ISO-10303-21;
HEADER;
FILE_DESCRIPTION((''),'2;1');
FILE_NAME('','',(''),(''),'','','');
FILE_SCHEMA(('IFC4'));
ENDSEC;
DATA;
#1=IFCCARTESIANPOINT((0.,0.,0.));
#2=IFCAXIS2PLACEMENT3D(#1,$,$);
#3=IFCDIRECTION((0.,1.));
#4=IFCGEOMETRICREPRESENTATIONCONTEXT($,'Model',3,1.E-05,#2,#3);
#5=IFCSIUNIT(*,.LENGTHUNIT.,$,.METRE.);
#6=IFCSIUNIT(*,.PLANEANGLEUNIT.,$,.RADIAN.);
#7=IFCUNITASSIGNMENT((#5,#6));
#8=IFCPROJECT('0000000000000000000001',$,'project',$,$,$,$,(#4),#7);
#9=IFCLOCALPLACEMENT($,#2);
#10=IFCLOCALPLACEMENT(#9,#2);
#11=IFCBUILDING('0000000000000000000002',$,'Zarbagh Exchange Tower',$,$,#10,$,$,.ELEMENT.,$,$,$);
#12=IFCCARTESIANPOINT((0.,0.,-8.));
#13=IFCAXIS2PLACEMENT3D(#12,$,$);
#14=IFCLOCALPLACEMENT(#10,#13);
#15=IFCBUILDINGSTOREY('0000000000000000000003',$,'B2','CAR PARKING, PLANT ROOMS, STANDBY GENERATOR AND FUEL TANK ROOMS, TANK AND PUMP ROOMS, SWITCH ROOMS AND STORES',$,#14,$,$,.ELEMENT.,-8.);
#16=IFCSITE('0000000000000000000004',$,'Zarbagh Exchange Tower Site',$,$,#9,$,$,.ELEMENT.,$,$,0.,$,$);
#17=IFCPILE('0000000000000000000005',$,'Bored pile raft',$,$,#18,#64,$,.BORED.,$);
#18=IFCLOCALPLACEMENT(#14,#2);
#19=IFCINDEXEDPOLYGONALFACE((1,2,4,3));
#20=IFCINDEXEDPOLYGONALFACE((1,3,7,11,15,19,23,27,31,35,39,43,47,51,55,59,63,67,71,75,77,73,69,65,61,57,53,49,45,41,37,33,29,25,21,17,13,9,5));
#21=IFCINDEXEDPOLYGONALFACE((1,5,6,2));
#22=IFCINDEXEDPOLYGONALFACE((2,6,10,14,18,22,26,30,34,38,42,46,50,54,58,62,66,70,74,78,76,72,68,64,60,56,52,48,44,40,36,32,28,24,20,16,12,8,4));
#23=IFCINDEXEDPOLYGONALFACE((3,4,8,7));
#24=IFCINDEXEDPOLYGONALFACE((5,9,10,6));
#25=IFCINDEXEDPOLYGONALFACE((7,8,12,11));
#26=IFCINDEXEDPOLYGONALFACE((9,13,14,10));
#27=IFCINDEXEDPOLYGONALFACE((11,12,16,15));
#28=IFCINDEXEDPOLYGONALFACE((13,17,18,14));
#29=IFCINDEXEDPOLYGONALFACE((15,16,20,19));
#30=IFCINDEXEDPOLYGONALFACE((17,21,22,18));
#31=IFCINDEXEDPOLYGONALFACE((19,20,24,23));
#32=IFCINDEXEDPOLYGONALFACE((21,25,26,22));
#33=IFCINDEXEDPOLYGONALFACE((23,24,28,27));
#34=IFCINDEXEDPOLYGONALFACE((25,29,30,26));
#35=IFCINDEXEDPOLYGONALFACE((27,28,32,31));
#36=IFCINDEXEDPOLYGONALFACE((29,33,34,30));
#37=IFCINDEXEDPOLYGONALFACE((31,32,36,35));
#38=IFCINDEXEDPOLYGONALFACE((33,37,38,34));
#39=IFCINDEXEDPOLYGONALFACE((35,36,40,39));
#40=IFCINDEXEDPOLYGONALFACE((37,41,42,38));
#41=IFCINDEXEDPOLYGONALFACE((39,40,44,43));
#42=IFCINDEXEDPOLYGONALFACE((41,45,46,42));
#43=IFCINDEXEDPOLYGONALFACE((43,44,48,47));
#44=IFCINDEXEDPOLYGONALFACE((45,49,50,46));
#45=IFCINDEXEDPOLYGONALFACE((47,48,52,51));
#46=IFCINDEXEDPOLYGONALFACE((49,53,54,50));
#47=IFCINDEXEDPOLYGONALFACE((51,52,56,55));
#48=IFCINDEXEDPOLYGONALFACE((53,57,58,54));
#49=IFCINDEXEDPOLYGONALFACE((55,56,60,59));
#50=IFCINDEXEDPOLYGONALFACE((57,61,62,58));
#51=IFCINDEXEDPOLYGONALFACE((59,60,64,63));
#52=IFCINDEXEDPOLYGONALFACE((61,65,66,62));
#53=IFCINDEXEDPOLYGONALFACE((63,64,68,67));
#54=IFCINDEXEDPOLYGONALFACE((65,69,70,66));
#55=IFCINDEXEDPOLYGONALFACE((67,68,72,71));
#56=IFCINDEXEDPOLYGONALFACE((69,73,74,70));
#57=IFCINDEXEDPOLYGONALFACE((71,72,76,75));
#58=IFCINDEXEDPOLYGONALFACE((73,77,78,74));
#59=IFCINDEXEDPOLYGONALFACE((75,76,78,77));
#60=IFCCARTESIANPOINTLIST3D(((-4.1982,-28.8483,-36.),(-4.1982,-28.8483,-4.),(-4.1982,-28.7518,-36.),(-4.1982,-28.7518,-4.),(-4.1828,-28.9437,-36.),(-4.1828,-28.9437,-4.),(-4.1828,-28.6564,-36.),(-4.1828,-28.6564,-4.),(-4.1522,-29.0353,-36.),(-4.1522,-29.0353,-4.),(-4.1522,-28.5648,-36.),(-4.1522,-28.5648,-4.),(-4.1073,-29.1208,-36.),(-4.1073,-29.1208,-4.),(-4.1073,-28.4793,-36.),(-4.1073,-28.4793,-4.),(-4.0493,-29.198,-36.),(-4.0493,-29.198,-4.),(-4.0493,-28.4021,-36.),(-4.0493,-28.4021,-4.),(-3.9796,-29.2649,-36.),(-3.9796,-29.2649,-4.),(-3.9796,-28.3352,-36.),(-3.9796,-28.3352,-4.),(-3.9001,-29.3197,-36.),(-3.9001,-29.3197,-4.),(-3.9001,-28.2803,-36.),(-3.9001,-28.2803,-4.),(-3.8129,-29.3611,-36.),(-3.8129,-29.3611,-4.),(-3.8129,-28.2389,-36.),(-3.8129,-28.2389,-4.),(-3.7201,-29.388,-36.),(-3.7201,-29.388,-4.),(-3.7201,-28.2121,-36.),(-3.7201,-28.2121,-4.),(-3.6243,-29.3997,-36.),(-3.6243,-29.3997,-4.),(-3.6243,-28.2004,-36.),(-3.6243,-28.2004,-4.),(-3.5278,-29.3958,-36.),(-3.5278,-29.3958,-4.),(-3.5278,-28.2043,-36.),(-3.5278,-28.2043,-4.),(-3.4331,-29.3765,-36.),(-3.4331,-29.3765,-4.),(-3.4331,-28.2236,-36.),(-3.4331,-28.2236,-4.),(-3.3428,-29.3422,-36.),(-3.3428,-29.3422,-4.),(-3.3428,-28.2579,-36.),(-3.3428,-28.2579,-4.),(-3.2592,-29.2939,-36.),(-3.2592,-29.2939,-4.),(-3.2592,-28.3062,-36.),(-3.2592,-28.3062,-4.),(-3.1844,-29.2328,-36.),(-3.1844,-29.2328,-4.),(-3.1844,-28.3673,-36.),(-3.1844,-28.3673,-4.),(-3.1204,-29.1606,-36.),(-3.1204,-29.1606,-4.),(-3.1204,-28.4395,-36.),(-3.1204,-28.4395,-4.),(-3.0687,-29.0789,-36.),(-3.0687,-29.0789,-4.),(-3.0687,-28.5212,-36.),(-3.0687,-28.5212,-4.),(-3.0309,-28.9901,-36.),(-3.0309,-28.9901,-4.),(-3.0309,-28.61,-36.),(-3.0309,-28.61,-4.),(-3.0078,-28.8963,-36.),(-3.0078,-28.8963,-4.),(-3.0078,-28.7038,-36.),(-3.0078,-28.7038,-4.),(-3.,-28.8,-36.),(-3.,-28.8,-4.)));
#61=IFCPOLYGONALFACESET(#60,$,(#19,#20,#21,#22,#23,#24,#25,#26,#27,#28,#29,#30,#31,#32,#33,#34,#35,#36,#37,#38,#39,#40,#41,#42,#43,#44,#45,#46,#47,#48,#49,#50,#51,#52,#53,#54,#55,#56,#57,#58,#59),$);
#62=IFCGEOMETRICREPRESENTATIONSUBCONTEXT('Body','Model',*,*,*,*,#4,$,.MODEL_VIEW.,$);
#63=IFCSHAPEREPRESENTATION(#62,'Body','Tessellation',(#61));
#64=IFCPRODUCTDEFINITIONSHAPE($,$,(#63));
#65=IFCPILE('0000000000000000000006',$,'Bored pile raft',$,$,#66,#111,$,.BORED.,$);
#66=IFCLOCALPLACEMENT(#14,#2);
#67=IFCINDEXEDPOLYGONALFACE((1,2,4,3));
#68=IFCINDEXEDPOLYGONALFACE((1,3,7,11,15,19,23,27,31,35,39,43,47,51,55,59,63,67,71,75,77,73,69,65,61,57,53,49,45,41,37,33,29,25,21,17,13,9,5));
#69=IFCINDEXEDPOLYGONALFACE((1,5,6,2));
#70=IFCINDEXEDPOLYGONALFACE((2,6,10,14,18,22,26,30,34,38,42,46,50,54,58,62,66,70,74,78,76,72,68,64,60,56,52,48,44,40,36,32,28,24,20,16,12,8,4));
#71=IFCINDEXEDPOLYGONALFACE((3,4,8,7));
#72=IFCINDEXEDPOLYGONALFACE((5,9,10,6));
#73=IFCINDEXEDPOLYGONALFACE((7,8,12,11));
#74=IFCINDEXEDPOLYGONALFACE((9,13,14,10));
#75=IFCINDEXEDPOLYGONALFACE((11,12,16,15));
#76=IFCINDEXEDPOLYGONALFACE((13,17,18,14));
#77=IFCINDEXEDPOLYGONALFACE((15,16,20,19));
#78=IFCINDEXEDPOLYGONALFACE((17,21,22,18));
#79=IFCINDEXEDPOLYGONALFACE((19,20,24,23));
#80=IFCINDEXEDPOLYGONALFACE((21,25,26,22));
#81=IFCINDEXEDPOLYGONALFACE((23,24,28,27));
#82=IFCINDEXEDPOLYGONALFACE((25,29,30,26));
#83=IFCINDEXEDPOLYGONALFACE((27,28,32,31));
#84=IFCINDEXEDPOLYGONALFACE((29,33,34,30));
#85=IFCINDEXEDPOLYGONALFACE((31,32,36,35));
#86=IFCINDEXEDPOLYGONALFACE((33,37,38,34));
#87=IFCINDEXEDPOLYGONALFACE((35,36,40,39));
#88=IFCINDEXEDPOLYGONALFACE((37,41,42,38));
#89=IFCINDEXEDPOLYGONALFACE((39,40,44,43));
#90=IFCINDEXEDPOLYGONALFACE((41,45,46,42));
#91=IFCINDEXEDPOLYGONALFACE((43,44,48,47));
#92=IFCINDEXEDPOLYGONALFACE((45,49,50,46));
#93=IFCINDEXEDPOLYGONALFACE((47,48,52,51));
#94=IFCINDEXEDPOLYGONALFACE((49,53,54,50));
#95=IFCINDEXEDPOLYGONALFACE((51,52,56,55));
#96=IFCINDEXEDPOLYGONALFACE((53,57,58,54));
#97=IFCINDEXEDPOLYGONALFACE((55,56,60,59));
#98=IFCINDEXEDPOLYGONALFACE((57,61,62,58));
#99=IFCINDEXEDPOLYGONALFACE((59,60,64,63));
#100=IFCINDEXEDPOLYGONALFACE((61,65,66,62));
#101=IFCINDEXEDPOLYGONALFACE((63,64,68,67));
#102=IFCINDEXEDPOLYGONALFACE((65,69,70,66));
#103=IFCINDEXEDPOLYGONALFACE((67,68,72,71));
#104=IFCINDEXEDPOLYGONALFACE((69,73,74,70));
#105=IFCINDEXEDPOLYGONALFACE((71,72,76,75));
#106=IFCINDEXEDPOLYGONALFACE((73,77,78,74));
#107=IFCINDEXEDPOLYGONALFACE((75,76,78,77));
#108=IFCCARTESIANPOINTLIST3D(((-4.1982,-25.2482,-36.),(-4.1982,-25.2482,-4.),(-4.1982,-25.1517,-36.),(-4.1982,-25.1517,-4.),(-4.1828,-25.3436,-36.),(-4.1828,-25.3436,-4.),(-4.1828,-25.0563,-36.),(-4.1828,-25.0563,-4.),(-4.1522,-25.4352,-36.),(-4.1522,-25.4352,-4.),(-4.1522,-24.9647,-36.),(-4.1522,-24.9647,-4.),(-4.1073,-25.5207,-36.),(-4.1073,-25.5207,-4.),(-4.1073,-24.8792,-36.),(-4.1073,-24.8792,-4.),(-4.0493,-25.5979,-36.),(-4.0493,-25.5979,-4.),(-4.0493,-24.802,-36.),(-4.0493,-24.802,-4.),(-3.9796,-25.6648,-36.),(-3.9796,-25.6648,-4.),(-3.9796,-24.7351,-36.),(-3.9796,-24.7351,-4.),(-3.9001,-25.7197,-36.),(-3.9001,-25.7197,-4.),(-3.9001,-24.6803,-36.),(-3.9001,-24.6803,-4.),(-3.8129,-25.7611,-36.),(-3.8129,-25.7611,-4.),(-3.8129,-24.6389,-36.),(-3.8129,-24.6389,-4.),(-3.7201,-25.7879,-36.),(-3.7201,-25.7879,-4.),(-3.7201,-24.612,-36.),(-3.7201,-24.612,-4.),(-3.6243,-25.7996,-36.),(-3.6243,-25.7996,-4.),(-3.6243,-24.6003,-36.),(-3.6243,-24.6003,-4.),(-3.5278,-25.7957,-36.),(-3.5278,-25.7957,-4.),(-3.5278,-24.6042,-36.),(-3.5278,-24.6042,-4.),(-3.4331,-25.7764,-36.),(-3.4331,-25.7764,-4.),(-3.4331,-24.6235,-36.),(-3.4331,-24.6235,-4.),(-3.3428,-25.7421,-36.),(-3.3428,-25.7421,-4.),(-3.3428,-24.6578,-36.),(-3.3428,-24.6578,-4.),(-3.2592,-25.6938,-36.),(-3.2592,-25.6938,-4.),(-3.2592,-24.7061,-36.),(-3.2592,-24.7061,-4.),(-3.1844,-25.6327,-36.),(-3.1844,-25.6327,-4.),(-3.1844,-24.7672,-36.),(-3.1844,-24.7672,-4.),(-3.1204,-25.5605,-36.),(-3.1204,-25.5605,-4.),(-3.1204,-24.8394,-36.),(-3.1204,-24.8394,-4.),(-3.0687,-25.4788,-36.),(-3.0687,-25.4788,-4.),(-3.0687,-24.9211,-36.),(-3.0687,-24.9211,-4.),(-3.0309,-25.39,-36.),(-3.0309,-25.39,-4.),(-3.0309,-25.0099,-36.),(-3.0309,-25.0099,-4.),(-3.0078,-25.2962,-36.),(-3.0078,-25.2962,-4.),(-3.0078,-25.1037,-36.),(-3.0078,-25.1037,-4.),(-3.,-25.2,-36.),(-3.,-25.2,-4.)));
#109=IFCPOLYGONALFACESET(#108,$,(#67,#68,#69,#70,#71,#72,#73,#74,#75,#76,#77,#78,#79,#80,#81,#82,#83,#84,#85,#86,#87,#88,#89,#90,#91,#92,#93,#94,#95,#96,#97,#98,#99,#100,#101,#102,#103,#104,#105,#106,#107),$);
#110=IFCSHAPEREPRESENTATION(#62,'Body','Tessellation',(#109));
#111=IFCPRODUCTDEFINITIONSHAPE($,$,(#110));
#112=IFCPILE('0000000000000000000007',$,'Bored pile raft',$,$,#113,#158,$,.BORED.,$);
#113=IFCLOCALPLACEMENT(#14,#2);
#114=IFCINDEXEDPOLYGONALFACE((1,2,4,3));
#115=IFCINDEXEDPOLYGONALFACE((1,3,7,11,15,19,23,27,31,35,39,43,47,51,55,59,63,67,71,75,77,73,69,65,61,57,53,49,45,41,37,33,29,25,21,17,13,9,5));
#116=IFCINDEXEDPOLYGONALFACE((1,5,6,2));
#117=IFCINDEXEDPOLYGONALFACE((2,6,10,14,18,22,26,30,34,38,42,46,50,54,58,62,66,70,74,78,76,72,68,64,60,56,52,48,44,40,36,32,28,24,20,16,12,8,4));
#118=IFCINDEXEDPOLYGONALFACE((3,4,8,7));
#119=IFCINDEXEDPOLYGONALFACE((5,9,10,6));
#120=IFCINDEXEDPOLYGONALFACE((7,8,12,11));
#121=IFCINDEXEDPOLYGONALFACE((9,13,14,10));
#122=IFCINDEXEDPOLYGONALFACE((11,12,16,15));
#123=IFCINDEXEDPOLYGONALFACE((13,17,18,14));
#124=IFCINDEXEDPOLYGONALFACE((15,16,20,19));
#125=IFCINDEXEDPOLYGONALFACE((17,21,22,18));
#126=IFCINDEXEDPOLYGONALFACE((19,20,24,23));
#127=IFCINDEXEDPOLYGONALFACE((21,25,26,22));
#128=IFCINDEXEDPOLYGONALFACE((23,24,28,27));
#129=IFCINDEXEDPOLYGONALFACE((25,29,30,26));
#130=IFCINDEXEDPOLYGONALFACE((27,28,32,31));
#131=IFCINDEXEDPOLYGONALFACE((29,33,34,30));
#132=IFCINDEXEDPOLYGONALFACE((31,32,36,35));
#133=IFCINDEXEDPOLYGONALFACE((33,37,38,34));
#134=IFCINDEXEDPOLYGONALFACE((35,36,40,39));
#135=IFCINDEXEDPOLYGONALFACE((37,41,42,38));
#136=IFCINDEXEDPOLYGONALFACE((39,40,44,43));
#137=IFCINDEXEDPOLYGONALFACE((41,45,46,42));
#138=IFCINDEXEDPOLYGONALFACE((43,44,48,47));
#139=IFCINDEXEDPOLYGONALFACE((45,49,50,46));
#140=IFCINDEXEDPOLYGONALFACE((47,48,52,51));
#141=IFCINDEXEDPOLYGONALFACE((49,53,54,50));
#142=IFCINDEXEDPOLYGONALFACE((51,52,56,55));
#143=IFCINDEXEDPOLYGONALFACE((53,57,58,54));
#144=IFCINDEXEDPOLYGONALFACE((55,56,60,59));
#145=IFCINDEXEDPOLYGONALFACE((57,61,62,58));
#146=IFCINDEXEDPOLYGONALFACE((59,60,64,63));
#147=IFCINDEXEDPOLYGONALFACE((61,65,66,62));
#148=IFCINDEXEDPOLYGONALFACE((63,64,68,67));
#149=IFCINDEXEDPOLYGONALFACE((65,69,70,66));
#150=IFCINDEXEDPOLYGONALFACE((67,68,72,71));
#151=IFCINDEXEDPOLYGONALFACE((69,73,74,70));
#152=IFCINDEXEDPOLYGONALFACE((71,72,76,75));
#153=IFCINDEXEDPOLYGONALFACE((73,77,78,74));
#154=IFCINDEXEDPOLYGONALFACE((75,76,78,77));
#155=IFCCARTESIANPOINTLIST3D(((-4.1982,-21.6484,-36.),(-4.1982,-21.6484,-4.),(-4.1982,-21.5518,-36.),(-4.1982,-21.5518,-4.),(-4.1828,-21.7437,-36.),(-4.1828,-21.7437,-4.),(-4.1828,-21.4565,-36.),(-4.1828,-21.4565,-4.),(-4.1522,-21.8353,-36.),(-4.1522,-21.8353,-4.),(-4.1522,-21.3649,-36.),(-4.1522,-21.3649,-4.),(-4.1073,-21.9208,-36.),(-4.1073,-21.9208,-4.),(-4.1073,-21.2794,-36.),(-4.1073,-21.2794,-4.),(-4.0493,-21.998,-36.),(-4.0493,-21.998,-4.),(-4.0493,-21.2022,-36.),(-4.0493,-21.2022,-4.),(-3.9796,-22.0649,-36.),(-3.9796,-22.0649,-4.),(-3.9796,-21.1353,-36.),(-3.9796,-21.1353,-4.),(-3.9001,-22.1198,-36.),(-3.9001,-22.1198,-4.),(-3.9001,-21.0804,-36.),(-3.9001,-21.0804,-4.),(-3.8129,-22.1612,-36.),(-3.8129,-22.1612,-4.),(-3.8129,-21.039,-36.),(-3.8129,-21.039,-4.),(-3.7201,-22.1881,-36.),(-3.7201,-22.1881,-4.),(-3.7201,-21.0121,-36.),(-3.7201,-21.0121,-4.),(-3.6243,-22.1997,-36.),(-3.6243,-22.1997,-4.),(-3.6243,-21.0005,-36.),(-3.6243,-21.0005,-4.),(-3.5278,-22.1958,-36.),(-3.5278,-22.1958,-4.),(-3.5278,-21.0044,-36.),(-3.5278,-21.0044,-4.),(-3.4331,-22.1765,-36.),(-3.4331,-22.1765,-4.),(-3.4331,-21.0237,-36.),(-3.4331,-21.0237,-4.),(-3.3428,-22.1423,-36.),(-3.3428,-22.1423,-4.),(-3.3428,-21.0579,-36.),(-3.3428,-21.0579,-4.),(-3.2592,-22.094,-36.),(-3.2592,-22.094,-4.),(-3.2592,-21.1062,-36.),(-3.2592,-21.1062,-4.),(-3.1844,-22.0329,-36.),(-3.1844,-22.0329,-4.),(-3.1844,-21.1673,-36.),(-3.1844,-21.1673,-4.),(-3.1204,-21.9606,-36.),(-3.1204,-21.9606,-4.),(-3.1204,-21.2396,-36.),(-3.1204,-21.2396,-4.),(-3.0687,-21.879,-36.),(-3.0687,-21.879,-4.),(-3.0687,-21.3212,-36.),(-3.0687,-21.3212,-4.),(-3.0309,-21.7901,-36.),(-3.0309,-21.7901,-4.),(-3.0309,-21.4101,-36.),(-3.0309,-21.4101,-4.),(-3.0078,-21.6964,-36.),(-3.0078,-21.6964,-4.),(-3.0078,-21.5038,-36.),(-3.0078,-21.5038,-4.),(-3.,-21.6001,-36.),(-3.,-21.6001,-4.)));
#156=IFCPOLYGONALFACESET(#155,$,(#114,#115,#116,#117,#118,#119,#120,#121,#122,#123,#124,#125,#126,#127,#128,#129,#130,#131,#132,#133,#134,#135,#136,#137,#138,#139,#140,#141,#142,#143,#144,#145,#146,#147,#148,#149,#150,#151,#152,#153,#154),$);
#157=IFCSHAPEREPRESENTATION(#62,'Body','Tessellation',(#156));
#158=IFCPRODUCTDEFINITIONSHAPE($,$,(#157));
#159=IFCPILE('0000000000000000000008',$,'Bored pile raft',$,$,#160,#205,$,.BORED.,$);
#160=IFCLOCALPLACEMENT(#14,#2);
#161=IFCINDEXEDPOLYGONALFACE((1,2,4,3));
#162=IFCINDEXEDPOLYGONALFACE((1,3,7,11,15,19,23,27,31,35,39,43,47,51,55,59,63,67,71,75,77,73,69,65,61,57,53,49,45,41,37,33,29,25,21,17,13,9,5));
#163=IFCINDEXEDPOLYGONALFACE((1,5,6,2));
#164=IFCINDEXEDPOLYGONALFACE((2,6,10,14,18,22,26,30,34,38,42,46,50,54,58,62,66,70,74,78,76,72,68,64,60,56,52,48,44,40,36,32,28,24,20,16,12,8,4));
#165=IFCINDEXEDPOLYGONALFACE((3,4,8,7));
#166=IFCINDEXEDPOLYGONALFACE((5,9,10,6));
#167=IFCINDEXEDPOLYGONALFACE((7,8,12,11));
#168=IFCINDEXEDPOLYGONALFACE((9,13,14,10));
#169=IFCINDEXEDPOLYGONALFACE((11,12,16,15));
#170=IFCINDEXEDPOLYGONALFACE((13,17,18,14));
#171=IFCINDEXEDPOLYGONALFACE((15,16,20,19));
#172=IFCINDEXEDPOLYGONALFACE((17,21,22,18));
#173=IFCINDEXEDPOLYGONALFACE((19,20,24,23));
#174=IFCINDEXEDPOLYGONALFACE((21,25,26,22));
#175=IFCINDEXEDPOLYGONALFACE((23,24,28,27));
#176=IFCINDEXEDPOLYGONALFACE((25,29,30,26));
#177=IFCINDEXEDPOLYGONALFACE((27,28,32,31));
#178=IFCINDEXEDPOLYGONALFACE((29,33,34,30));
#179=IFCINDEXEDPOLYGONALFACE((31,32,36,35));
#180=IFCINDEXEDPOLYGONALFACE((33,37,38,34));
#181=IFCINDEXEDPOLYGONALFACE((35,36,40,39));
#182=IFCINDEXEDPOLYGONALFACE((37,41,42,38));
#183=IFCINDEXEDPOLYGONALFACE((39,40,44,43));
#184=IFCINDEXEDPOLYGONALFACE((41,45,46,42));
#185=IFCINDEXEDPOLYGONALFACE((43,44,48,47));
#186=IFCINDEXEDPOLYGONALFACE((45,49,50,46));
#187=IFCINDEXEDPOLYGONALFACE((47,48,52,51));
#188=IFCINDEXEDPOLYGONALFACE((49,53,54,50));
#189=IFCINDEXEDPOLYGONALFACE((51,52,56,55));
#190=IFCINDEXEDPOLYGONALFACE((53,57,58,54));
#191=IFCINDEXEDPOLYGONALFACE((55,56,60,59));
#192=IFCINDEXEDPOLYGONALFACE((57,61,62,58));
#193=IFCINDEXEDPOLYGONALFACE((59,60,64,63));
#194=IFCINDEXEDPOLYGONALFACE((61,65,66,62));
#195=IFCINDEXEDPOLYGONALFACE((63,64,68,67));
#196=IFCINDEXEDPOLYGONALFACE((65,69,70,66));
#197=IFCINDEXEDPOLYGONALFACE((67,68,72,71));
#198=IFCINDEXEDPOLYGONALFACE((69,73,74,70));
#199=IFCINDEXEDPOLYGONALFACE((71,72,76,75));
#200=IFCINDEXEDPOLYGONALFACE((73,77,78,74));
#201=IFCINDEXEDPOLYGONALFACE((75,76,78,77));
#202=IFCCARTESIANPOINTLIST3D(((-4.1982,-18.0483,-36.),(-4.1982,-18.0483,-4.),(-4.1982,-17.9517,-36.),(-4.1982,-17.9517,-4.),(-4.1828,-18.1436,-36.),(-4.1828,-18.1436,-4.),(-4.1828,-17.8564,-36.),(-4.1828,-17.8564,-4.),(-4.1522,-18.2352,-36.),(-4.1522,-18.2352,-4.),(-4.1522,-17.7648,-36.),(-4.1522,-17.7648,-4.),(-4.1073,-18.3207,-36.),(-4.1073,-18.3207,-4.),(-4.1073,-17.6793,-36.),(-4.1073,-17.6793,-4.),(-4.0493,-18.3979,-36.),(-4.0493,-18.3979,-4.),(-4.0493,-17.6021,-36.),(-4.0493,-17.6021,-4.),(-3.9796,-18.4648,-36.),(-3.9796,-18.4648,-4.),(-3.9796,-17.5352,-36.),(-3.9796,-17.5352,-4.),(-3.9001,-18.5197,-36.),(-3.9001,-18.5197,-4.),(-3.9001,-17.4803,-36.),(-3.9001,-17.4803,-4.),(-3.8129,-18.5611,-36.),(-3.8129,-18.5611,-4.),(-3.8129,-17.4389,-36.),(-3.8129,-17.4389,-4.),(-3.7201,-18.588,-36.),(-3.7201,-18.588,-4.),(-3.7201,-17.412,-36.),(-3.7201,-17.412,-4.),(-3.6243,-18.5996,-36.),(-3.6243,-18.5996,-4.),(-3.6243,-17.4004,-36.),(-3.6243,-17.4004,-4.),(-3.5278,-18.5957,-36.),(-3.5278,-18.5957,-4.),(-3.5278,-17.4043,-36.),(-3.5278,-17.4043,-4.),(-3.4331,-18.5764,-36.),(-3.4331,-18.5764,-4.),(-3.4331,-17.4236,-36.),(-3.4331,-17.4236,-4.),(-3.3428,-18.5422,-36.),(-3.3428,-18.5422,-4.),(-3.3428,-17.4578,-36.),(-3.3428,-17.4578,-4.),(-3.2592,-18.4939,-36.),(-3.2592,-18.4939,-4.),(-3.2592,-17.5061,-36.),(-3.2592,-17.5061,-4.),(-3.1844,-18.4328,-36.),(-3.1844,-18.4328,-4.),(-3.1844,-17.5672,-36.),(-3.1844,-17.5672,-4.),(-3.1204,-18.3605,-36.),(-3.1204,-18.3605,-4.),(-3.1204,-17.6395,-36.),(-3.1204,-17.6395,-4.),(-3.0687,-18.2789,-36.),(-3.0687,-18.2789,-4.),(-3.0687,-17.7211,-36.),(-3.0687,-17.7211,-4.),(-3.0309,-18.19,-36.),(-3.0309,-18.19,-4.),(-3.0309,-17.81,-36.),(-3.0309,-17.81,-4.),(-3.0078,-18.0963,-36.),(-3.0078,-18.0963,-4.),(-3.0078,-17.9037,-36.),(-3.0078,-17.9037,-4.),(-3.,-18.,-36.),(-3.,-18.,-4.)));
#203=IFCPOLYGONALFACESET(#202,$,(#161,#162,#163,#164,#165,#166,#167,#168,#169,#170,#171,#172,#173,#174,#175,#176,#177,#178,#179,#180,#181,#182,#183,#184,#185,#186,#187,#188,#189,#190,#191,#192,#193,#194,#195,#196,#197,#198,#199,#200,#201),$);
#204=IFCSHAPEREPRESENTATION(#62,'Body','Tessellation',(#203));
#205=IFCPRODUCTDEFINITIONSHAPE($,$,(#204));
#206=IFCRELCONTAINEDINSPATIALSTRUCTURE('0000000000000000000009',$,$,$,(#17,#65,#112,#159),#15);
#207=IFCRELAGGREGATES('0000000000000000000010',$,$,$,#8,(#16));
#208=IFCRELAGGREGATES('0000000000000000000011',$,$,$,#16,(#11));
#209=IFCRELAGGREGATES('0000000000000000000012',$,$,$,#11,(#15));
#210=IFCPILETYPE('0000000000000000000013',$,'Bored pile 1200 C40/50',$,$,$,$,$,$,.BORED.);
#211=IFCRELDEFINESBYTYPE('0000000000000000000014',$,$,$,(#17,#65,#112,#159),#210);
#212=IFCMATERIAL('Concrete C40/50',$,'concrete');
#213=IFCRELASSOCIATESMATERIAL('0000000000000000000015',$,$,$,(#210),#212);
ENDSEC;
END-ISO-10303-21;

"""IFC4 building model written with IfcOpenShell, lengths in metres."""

from ifc_helpers import new_model, si_unit, direction, frame, origin, origin_2d, place, context, subcontext, project, spatial, circle, extrude, material, material_profile, profile_set, type_object, element, save


model = new_model("IFC4")

# Units and contexts
model_context = context("Model", 3, precision=1e-05, world=origin(), true_north=direction((0.0, 1.0)))
body_context = subcontext(model_context, "Body", "Model", "MODEL_VIEW")
ifc_project = project(units=[si_unit("LENGTHUNIT", "METRE"), si_unit("PLANEANGLEUNIT", "RADIAN")], contexts=[model_context])

# Site, building, storey
site_placement = place(None, origin())
site = spatial("IfcSite", under=ifc_project, at=site_placement, Name="Zarbagh Exchange Tower Site", CompositionType="ELEMENT", RefElevation=0.0)
building_placement = place(site_placement, origin())
building = spatial("IfcBuilding", under=site, at=building_placement, Name="Zarbagh Exchange Tower", CompositionType="ELEMENT")
storey_placement = place(building_placement, frame((0.0, 0.0, -8.0)))
storey = spatial("IfcBuildingStorey", under=building, at=storey_placement, Name="B2", Description="CAR PARKING, PLANT ROOMS, STANDBY GENERATOR AND FUEL TANK ROOMS, TANK AND PUMP ROOMS, SWITCH ROOMS AND STORES", CompositionType="ELEMENT", Elevation=-8.0)

# Piles
ifc_material_1 = material(Name="Concrete C40/50", Category="concrete")
ifc_material_profile_1 = material_profile(ifc_material_1, circle(Radius=0.6001, at=origin_2d()), Name="Bored pile 1200 C40/50")
ifc_profile_set_1 = profile_set([ifc_material_profile_1], Name="Concrete C40/50")
pile_type = type_object("IfcPileType", Name="Bored pile 1200 C40/50", PredefinedType="BORED", material=ifc_profile_set_1)
for number, where, z_axis, x_axis, name in (
    (1, (-3.6001, -28.8, -4.0), (0.0, 0.0, -1.0), (1.0, 0.0, 0.0), "Bored pile raft"),
    (2, (-3.6001, -25.2, -4.0), (0.0, 0.0, -1.0), (1.0, 0.0, 0.0), "Bored pile raft"),
    (3, (-3.6001, -21.6001, -4.0), (0.0, 0.0, -1.0), (1.0, 0.0, 0.0), "Bored pile raft"),
    (4, (-3.6001, -18.0, -4.0), (0.0, 0.0, -1.0), (1.0, 0.0, 0.0), "Bored pile raft"),
):
    element("IfcPile", number, at=place(storey_placement, frame(where, z_axis=z_axis, x_axis=x_axis)), inside=storey, type_object=pile_type, Name=name, PredefinedType="BORED", context=body_context, shape_type="SweptSolid", body=[
        extrude(circle(Radius=0.6001, at=origin_2d()), origin(), (0.0, 0.0, 1.0), 32.0),
    ])

save(model, "model.ifc")
